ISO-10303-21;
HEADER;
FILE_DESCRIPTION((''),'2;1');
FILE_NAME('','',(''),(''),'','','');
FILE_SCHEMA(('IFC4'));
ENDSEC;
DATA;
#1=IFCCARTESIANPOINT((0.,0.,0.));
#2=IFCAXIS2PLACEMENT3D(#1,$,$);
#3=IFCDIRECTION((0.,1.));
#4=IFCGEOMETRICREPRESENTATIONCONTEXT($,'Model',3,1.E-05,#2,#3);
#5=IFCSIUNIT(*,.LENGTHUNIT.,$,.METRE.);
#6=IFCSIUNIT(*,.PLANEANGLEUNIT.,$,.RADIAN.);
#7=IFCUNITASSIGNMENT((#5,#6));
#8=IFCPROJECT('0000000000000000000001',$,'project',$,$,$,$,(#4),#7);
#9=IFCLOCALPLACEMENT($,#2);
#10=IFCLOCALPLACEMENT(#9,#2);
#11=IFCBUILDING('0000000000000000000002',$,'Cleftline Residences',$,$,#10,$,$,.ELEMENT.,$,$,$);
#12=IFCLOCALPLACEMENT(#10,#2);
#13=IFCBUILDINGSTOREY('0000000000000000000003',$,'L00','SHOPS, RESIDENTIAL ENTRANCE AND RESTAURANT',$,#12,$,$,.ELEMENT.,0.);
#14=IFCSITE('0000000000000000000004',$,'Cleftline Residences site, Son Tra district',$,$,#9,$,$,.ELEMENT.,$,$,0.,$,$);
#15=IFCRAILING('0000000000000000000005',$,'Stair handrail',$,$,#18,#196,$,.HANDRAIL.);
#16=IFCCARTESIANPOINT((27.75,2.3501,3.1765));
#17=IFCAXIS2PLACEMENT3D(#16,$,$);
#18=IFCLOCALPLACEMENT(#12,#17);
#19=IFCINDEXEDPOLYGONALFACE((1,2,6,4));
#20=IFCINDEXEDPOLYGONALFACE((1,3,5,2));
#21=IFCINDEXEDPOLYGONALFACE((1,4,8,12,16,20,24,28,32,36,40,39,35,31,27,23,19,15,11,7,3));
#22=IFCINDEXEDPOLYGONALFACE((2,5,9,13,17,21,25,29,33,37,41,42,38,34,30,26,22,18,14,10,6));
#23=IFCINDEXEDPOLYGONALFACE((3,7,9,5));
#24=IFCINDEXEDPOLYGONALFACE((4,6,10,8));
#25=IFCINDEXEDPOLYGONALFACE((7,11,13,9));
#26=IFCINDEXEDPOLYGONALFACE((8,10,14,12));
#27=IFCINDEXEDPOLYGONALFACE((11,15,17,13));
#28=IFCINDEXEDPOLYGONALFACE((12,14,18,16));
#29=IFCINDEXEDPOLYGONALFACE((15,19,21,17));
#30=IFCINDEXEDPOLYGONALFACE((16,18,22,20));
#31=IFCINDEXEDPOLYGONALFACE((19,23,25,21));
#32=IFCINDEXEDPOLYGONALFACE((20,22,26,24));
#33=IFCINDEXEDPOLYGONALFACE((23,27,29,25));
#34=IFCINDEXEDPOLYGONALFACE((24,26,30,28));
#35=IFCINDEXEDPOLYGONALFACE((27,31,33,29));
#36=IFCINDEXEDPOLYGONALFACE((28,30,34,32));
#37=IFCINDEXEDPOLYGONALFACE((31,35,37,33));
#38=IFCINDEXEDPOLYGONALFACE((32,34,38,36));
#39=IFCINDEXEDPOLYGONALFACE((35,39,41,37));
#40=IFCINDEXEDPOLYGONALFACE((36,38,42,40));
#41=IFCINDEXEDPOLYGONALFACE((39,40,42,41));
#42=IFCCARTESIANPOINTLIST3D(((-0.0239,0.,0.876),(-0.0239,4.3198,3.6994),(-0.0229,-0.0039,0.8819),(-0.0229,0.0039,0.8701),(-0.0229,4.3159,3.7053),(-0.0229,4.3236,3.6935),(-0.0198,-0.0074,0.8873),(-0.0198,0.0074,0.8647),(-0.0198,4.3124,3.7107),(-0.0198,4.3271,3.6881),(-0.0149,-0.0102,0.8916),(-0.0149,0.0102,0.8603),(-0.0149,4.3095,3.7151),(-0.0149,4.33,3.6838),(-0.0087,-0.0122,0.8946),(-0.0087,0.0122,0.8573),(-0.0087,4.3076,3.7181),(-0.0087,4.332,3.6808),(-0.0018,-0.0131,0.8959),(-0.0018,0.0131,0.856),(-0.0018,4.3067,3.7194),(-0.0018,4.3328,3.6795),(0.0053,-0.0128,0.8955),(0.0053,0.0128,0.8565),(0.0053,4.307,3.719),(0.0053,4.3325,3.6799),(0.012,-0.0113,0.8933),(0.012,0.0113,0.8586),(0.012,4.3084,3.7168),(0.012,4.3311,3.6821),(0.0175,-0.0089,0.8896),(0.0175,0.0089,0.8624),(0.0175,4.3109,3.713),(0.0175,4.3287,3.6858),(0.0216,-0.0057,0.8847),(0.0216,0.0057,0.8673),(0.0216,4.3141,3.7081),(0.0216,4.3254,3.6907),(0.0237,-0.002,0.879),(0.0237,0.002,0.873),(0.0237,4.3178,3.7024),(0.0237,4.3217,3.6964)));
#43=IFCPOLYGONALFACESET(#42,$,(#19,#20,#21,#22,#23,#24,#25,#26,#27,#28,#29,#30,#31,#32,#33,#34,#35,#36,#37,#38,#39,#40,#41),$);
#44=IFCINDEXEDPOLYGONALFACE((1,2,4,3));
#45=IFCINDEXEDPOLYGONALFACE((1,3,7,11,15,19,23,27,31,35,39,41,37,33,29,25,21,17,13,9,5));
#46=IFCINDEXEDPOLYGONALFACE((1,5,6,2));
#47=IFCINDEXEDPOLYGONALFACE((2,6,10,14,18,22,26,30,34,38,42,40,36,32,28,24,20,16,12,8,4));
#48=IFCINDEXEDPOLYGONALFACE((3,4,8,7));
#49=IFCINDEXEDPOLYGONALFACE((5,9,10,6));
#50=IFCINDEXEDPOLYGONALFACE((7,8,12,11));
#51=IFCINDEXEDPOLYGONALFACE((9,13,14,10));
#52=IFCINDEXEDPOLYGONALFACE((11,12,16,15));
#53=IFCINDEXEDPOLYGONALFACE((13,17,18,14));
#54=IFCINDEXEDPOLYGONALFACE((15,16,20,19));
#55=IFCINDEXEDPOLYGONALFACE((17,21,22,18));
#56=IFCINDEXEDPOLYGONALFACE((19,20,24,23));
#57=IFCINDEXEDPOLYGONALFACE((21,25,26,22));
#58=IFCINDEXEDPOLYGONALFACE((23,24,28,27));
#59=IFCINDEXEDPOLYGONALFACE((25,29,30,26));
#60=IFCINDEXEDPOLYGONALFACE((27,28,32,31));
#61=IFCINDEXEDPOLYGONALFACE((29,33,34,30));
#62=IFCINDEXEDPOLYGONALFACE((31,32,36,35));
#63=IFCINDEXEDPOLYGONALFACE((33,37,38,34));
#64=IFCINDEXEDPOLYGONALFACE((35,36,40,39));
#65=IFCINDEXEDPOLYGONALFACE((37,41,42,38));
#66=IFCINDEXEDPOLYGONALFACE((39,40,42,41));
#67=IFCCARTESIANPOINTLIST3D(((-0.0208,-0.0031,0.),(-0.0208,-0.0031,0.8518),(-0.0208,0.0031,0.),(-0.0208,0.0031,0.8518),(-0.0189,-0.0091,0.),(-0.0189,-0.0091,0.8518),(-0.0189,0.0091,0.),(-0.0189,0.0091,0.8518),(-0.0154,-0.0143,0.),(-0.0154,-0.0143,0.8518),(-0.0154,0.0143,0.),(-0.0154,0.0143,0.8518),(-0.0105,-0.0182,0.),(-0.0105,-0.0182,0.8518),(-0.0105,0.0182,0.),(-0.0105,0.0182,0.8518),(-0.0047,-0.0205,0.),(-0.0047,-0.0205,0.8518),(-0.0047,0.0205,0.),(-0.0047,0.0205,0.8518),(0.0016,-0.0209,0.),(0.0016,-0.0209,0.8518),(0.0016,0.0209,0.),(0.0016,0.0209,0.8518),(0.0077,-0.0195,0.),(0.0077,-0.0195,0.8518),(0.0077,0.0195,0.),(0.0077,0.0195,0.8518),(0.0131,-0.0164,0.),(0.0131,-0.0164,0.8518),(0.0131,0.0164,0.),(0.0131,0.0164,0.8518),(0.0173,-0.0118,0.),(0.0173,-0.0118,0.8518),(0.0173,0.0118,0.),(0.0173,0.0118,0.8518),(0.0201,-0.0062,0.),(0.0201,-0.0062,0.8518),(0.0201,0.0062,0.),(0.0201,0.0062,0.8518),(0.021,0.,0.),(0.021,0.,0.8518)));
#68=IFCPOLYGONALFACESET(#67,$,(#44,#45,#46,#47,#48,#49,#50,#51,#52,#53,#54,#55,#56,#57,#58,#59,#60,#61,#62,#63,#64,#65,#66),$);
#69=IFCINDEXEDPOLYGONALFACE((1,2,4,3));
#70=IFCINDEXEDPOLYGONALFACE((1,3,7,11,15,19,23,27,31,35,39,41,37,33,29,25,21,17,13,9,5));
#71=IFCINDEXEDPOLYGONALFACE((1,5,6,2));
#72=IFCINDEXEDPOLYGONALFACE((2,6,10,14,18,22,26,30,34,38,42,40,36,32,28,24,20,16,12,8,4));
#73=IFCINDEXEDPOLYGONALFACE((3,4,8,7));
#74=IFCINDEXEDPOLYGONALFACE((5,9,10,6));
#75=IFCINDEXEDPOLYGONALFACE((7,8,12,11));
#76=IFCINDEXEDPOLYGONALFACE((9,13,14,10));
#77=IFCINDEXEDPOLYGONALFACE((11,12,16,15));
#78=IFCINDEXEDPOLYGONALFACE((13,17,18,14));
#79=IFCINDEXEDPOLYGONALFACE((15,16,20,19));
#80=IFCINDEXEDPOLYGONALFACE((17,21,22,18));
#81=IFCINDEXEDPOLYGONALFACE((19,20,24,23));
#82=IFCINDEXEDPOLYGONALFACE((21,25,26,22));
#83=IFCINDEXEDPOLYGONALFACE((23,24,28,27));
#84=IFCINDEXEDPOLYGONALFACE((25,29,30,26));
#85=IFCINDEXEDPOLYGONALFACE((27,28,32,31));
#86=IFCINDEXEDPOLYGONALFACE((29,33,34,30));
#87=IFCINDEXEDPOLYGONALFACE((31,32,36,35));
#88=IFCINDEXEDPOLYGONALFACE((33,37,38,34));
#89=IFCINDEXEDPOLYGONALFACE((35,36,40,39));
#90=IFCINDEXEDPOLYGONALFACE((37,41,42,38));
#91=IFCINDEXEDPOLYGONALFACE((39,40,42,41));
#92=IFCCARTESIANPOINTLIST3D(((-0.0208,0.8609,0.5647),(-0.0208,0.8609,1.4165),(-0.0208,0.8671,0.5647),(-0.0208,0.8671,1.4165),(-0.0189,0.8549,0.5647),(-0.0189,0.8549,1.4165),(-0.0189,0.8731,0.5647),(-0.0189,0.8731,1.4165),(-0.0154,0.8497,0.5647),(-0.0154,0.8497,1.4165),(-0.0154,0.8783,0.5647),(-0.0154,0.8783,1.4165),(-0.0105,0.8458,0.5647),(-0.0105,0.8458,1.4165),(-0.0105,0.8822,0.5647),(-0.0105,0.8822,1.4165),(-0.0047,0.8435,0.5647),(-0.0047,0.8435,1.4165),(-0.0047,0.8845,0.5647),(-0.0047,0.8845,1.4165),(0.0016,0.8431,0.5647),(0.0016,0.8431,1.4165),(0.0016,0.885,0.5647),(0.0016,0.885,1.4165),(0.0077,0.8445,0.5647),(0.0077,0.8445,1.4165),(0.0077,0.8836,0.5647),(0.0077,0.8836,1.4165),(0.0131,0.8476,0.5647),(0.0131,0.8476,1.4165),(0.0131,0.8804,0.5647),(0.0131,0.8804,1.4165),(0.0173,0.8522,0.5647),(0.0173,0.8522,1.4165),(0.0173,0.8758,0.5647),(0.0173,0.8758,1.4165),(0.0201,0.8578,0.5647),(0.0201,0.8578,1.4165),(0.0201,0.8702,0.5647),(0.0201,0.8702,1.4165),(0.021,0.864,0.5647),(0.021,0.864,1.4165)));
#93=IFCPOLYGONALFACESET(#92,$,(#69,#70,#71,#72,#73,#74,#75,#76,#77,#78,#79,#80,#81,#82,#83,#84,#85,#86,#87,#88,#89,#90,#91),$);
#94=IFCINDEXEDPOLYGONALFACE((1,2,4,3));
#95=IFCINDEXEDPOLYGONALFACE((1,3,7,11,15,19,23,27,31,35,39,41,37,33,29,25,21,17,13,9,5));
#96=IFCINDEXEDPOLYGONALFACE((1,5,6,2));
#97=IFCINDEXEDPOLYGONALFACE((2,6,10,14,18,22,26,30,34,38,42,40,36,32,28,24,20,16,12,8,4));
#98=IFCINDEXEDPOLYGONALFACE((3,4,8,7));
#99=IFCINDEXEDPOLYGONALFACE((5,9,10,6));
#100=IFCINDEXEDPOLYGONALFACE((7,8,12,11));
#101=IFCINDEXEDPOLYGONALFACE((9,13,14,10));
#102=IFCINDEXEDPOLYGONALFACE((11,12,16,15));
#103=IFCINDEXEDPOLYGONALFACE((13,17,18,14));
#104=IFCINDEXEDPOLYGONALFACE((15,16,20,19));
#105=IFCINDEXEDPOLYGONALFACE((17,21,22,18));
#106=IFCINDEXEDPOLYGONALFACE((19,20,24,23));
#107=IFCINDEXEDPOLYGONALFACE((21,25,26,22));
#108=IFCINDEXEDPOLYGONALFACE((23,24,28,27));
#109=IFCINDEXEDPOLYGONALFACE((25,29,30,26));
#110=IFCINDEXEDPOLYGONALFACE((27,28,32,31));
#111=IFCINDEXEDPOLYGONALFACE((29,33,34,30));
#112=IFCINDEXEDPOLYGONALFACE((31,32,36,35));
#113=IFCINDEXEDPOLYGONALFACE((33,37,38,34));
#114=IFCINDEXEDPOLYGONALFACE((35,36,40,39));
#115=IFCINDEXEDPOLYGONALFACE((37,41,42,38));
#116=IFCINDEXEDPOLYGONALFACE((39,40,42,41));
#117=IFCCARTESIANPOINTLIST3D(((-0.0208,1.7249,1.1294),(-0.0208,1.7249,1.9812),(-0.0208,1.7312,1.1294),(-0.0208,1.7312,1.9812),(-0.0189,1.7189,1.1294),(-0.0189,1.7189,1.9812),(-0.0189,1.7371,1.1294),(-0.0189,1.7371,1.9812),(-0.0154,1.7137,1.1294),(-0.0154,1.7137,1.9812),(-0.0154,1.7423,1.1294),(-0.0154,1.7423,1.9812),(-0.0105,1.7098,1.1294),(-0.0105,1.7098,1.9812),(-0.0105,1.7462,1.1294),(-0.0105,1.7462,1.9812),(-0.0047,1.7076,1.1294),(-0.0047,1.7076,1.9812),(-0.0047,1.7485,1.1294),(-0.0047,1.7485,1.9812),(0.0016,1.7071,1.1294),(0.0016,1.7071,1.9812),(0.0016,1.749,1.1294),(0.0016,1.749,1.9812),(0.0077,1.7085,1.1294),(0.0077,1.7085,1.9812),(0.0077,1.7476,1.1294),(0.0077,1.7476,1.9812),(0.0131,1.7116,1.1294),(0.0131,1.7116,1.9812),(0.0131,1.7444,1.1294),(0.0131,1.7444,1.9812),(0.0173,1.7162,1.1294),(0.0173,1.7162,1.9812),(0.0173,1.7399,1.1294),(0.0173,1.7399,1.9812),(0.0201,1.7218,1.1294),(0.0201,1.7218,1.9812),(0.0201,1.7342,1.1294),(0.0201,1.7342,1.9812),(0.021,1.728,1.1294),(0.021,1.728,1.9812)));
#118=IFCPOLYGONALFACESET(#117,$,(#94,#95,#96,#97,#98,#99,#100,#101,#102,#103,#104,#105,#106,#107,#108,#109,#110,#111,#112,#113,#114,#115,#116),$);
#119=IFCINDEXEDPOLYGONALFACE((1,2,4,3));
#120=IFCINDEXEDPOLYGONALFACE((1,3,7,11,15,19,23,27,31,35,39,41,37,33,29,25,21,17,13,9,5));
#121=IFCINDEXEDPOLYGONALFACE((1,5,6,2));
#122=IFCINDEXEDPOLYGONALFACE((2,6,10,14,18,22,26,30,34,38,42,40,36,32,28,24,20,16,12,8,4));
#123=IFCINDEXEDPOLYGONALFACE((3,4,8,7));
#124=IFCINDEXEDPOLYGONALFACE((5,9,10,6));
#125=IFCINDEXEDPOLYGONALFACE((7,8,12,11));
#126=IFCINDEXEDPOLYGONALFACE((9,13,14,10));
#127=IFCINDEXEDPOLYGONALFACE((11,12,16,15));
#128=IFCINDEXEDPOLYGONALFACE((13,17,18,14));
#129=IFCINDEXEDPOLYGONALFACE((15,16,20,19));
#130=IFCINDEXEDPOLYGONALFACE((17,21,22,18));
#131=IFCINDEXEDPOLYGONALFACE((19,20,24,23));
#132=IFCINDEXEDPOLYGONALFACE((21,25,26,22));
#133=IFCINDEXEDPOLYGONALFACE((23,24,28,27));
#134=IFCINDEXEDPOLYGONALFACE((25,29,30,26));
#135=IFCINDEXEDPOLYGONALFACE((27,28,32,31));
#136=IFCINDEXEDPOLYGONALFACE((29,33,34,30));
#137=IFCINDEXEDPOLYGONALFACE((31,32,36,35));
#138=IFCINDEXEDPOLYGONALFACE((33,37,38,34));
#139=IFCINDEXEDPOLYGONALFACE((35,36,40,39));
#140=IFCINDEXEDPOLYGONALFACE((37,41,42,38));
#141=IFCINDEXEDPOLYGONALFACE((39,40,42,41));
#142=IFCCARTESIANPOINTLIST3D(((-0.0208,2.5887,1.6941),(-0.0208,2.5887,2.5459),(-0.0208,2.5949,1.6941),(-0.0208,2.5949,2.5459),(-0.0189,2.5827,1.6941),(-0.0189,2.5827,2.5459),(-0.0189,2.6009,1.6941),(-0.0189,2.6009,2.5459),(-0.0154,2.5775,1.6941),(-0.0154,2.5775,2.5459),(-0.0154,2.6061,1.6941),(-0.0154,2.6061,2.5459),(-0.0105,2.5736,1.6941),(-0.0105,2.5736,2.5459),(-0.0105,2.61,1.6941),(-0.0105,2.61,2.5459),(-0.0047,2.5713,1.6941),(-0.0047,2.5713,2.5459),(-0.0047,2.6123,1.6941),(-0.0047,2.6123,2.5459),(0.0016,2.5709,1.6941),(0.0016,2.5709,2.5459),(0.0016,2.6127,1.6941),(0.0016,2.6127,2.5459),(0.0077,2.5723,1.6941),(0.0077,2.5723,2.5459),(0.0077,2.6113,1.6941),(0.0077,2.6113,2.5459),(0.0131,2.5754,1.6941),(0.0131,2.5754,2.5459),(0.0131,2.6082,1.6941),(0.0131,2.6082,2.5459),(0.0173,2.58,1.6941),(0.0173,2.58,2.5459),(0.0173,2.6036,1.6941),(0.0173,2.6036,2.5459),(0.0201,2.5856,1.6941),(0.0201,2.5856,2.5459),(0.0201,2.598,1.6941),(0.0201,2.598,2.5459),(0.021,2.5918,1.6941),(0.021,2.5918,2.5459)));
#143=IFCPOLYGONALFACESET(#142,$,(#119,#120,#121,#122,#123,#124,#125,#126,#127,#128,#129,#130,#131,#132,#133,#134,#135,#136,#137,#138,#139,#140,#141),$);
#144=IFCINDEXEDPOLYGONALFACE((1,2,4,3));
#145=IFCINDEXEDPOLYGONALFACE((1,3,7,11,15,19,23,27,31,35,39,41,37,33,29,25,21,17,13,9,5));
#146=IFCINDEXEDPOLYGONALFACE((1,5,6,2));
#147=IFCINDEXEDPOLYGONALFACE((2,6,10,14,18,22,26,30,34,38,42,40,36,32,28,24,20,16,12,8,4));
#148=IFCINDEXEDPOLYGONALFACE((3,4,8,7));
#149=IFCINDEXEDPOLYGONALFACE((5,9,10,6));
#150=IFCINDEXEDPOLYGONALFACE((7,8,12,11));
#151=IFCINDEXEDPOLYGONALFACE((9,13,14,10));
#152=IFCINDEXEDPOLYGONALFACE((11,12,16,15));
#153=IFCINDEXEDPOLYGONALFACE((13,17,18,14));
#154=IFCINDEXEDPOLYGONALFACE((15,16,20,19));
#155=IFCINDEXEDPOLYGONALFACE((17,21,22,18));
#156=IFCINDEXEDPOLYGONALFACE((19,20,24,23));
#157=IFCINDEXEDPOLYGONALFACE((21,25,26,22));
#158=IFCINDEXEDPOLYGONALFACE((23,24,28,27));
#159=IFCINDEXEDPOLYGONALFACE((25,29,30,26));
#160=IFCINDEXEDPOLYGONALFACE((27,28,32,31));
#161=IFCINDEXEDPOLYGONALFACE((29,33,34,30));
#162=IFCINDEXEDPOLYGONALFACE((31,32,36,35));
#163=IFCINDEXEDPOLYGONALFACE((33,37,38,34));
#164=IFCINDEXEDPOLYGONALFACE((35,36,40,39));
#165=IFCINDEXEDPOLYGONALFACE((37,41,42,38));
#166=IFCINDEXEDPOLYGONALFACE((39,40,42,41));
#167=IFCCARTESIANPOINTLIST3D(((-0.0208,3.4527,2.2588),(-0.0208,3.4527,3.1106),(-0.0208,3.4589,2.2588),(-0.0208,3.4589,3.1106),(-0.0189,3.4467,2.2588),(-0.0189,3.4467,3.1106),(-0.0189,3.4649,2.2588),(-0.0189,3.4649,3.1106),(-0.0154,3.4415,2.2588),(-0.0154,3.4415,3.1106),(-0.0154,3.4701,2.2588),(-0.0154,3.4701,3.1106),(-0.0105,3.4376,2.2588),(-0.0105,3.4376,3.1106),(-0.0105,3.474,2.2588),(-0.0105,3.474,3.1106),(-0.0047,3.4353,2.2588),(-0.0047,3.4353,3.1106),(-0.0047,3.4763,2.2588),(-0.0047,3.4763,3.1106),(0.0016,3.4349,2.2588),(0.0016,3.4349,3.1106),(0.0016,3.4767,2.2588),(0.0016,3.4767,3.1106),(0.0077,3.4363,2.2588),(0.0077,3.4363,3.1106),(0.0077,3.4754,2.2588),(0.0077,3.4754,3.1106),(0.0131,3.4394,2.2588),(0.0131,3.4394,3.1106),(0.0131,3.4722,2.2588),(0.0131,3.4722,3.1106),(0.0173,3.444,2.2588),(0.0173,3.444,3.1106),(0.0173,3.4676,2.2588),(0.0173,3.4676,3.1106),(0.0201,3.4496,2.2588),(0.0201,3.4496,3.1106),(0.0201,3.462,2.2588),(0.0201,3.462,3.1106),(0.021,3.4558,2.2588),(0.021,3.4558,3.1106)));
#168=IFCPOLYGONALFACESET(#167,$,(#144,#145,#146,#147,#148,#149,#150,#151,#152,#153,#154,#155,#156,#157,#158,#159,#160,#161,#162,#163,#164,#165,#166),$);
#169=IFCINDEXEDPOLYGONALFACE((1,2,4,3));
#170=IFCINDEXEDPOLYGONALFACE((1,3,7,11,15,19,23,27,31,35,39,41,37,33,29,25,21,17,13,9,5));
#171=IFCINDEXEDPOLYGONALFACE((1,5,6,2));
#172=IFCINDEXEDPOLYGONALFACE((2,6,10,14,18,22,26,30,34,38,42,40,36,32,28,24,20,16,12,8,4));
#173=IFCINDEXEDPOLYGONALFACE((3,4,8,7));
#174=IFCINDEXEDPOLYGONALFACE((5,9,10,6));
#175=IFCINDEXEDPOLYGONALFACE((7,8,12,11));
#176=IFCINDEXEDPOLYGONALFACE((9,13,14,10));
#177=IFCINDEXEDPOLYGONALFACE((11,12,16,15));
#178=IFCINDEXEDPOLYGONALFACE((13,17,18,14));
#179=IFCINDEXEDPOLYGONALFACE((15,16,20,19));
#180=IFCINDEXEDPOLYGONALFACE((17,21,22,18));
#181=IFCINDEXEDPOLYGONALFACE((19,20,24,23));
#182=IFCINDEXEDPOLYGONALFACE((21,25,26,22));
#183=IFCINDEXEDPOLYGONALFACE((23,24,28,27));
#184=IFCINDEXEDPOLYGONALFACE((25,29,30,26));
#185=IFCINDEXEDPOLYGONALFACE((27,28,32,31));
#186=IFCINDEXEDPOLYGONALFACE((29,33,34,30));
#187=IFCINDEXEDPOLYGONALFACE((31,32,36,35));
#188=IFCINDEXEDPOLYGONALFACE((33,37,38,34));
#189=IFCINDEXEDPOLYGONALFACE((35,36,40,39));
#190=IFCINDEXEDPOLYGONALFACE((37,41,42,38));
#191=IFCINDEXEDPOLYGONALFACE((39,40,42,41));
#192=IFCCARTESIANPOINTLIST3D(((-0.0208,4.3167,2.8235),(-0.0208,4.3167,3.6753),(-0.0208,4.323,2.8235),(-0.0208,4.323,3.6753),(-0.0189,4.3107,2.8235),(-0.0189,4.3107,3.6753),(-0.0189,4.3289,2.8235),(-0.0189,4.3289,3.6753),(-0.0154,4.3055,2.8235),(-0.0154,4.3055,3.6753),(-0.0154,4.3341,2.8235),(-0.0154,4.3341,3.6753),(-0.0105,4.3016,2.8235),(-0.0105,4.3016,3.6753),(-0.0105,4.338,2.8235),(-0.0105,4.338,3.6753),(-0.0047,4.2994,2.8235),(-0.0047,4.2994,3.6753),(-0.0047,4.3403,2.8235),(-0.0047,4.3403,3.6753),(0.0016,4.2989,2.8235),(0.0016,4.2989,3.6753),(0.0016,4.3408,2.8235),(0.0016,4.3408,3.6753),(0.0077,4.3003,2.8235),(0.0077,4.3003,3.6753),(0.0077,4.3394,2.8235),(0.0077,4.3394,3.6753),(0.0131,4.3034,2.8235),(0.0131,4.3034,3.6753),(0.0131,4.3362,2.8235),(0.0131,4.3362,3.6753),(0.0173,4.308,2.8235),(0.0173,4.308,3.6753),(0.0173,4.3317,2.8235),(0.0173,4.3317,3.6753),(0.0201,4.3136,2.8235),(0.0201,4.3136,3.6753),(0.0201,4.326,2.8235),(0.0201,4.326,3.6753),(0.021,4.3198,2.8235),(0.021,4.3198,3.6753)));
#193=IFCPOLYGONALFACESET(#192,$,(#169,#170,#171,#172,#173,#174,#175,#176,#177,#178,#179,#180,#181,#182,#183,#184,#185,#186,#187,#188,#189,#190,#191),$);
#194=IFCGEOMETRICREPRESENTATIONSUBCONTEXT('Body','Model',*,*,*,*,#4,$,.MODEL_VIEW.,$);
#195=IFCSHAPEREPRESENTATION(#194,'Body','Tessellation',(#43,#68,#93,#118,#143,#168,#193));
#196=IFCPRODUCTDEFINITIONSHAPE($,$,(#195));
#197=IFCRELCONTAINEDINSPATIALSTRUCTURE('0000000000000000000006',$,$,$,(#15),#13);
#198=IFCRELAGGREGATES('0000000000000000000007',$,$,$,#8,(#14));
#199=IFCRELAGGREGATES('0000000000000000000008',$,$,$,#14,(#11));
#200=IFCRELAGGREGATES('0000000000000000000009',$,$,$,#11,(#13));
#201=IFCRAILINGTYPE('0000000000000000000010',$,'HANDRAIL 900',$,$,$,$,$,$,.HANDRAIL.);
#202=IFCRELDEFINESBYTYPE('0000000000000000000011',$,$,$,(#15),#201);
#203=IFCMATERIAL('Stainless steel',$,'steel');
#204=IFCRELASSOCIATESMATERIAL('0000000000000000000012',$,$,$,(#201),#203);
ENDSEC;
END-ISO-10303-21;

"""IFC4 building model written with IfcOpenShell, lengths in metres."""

from ifc_helpers import new_model, si_unit, direction, frame, origin, origin_2d, place, context, subcontext, project, spatial, circle, extrude, material, type_object, element, save


model = new_model("IFC4")

# Units and contexts
model_context = context("Model", 3, precision=1e-05, world=origin(), true_north=direction((0.0, 1.0)))
body_context = subcontext(model_context, "Body", "Model", "MODEL_VIEW")
ifc_project = project(units=[si_unit("LENGTHUNIT", "METRE"), si_unit("PLANEANGLEUNIT", "RADIAN")], contexts=[model_context])

# Site, building, storey
site_placement = place(None, origin())
site = spatial("IfcSite", under=ifc_project, at=site_placement, Name="Cleftline Residences site, Son Tra district", CompositionType="ELEMENT", RefElevation=0.0)
building_placement = place(site_placement, origin())
building = spatial("IfcBuilding", under=site, at=building_placement, Name="Cleftline Residences", CompositionType="ELEMENT")
storey_placement = place(building_placement, origin())
storey = spatial("IfcBuildingStorey", under=building, at=storey_placement, Name="L00", Description="SHOPS, RESIDENTIAL ENTRANCE AND RESTAURANT", CompositionType="ELEMENT", Elevation=0.0)

# Railing
ifc_material_1 = material(Name="Stainless steel", Category="steel")
railing_type = type_object("IfcRailingType", Name="HANDRAIL 900", PredefinedType="HANDRAIL", material=ifc_material_1)
railing_1_placement = place(storey_placement, frame((27.75, 2.3501, 3.1765)))
element("IfcRailing", 1, at=railing_1_placement, inside=storey, type_object=railing_type, Name="Stair handrail", PredefinedType="HANDRAIL", context=body_context, shape_type="SweptSolid", body=[
    extrude(circle(Radius=0.0239, at=origin_2d()), frame((0.0, 0.0, 0.876), z_axis=(0.0, 0.83706, 0.547112), x_axis=(-1.0, 0.0, 0.0)), (0.0, 0.0, 1.0), 5.1606),
    extrude(circle(Radius=0.021, at=origin_2d()), origin(), (0.0, 0.0, 1.0), 0.8518),
    extrude(circle(Radius=0.021, at=origin_2d()), frame((0.0, 0.864, 0.5647)), (0.0, 0.0, 1.0), 0.8518),
    extrude(circle(Radius=0.021, at=origin_2d()), frame((0.0, 1.728, 1.1294)), (0.0, 0.0, 1.0), 0.8518),
    extrude(circle(Radius=0.021, at=origin_2d()), frame((0.0, 2.5918, 1.6941)), (0.0, 0.0, 1.0), 0.8518),
    extrude(circle(Radius=0.021, at=origin_2d()), frame((0.0, 3.4558, 2.2588)), (0.0, 0.0, 1.0), 0.8518),
    extrude(circle(Radius=0.021, at=origin_2d()), frame((0.0, 4.3198, 2.8235)), (0.0, 0.0, 1.0), 0.8518),
])

save(model, "model.ifc")
